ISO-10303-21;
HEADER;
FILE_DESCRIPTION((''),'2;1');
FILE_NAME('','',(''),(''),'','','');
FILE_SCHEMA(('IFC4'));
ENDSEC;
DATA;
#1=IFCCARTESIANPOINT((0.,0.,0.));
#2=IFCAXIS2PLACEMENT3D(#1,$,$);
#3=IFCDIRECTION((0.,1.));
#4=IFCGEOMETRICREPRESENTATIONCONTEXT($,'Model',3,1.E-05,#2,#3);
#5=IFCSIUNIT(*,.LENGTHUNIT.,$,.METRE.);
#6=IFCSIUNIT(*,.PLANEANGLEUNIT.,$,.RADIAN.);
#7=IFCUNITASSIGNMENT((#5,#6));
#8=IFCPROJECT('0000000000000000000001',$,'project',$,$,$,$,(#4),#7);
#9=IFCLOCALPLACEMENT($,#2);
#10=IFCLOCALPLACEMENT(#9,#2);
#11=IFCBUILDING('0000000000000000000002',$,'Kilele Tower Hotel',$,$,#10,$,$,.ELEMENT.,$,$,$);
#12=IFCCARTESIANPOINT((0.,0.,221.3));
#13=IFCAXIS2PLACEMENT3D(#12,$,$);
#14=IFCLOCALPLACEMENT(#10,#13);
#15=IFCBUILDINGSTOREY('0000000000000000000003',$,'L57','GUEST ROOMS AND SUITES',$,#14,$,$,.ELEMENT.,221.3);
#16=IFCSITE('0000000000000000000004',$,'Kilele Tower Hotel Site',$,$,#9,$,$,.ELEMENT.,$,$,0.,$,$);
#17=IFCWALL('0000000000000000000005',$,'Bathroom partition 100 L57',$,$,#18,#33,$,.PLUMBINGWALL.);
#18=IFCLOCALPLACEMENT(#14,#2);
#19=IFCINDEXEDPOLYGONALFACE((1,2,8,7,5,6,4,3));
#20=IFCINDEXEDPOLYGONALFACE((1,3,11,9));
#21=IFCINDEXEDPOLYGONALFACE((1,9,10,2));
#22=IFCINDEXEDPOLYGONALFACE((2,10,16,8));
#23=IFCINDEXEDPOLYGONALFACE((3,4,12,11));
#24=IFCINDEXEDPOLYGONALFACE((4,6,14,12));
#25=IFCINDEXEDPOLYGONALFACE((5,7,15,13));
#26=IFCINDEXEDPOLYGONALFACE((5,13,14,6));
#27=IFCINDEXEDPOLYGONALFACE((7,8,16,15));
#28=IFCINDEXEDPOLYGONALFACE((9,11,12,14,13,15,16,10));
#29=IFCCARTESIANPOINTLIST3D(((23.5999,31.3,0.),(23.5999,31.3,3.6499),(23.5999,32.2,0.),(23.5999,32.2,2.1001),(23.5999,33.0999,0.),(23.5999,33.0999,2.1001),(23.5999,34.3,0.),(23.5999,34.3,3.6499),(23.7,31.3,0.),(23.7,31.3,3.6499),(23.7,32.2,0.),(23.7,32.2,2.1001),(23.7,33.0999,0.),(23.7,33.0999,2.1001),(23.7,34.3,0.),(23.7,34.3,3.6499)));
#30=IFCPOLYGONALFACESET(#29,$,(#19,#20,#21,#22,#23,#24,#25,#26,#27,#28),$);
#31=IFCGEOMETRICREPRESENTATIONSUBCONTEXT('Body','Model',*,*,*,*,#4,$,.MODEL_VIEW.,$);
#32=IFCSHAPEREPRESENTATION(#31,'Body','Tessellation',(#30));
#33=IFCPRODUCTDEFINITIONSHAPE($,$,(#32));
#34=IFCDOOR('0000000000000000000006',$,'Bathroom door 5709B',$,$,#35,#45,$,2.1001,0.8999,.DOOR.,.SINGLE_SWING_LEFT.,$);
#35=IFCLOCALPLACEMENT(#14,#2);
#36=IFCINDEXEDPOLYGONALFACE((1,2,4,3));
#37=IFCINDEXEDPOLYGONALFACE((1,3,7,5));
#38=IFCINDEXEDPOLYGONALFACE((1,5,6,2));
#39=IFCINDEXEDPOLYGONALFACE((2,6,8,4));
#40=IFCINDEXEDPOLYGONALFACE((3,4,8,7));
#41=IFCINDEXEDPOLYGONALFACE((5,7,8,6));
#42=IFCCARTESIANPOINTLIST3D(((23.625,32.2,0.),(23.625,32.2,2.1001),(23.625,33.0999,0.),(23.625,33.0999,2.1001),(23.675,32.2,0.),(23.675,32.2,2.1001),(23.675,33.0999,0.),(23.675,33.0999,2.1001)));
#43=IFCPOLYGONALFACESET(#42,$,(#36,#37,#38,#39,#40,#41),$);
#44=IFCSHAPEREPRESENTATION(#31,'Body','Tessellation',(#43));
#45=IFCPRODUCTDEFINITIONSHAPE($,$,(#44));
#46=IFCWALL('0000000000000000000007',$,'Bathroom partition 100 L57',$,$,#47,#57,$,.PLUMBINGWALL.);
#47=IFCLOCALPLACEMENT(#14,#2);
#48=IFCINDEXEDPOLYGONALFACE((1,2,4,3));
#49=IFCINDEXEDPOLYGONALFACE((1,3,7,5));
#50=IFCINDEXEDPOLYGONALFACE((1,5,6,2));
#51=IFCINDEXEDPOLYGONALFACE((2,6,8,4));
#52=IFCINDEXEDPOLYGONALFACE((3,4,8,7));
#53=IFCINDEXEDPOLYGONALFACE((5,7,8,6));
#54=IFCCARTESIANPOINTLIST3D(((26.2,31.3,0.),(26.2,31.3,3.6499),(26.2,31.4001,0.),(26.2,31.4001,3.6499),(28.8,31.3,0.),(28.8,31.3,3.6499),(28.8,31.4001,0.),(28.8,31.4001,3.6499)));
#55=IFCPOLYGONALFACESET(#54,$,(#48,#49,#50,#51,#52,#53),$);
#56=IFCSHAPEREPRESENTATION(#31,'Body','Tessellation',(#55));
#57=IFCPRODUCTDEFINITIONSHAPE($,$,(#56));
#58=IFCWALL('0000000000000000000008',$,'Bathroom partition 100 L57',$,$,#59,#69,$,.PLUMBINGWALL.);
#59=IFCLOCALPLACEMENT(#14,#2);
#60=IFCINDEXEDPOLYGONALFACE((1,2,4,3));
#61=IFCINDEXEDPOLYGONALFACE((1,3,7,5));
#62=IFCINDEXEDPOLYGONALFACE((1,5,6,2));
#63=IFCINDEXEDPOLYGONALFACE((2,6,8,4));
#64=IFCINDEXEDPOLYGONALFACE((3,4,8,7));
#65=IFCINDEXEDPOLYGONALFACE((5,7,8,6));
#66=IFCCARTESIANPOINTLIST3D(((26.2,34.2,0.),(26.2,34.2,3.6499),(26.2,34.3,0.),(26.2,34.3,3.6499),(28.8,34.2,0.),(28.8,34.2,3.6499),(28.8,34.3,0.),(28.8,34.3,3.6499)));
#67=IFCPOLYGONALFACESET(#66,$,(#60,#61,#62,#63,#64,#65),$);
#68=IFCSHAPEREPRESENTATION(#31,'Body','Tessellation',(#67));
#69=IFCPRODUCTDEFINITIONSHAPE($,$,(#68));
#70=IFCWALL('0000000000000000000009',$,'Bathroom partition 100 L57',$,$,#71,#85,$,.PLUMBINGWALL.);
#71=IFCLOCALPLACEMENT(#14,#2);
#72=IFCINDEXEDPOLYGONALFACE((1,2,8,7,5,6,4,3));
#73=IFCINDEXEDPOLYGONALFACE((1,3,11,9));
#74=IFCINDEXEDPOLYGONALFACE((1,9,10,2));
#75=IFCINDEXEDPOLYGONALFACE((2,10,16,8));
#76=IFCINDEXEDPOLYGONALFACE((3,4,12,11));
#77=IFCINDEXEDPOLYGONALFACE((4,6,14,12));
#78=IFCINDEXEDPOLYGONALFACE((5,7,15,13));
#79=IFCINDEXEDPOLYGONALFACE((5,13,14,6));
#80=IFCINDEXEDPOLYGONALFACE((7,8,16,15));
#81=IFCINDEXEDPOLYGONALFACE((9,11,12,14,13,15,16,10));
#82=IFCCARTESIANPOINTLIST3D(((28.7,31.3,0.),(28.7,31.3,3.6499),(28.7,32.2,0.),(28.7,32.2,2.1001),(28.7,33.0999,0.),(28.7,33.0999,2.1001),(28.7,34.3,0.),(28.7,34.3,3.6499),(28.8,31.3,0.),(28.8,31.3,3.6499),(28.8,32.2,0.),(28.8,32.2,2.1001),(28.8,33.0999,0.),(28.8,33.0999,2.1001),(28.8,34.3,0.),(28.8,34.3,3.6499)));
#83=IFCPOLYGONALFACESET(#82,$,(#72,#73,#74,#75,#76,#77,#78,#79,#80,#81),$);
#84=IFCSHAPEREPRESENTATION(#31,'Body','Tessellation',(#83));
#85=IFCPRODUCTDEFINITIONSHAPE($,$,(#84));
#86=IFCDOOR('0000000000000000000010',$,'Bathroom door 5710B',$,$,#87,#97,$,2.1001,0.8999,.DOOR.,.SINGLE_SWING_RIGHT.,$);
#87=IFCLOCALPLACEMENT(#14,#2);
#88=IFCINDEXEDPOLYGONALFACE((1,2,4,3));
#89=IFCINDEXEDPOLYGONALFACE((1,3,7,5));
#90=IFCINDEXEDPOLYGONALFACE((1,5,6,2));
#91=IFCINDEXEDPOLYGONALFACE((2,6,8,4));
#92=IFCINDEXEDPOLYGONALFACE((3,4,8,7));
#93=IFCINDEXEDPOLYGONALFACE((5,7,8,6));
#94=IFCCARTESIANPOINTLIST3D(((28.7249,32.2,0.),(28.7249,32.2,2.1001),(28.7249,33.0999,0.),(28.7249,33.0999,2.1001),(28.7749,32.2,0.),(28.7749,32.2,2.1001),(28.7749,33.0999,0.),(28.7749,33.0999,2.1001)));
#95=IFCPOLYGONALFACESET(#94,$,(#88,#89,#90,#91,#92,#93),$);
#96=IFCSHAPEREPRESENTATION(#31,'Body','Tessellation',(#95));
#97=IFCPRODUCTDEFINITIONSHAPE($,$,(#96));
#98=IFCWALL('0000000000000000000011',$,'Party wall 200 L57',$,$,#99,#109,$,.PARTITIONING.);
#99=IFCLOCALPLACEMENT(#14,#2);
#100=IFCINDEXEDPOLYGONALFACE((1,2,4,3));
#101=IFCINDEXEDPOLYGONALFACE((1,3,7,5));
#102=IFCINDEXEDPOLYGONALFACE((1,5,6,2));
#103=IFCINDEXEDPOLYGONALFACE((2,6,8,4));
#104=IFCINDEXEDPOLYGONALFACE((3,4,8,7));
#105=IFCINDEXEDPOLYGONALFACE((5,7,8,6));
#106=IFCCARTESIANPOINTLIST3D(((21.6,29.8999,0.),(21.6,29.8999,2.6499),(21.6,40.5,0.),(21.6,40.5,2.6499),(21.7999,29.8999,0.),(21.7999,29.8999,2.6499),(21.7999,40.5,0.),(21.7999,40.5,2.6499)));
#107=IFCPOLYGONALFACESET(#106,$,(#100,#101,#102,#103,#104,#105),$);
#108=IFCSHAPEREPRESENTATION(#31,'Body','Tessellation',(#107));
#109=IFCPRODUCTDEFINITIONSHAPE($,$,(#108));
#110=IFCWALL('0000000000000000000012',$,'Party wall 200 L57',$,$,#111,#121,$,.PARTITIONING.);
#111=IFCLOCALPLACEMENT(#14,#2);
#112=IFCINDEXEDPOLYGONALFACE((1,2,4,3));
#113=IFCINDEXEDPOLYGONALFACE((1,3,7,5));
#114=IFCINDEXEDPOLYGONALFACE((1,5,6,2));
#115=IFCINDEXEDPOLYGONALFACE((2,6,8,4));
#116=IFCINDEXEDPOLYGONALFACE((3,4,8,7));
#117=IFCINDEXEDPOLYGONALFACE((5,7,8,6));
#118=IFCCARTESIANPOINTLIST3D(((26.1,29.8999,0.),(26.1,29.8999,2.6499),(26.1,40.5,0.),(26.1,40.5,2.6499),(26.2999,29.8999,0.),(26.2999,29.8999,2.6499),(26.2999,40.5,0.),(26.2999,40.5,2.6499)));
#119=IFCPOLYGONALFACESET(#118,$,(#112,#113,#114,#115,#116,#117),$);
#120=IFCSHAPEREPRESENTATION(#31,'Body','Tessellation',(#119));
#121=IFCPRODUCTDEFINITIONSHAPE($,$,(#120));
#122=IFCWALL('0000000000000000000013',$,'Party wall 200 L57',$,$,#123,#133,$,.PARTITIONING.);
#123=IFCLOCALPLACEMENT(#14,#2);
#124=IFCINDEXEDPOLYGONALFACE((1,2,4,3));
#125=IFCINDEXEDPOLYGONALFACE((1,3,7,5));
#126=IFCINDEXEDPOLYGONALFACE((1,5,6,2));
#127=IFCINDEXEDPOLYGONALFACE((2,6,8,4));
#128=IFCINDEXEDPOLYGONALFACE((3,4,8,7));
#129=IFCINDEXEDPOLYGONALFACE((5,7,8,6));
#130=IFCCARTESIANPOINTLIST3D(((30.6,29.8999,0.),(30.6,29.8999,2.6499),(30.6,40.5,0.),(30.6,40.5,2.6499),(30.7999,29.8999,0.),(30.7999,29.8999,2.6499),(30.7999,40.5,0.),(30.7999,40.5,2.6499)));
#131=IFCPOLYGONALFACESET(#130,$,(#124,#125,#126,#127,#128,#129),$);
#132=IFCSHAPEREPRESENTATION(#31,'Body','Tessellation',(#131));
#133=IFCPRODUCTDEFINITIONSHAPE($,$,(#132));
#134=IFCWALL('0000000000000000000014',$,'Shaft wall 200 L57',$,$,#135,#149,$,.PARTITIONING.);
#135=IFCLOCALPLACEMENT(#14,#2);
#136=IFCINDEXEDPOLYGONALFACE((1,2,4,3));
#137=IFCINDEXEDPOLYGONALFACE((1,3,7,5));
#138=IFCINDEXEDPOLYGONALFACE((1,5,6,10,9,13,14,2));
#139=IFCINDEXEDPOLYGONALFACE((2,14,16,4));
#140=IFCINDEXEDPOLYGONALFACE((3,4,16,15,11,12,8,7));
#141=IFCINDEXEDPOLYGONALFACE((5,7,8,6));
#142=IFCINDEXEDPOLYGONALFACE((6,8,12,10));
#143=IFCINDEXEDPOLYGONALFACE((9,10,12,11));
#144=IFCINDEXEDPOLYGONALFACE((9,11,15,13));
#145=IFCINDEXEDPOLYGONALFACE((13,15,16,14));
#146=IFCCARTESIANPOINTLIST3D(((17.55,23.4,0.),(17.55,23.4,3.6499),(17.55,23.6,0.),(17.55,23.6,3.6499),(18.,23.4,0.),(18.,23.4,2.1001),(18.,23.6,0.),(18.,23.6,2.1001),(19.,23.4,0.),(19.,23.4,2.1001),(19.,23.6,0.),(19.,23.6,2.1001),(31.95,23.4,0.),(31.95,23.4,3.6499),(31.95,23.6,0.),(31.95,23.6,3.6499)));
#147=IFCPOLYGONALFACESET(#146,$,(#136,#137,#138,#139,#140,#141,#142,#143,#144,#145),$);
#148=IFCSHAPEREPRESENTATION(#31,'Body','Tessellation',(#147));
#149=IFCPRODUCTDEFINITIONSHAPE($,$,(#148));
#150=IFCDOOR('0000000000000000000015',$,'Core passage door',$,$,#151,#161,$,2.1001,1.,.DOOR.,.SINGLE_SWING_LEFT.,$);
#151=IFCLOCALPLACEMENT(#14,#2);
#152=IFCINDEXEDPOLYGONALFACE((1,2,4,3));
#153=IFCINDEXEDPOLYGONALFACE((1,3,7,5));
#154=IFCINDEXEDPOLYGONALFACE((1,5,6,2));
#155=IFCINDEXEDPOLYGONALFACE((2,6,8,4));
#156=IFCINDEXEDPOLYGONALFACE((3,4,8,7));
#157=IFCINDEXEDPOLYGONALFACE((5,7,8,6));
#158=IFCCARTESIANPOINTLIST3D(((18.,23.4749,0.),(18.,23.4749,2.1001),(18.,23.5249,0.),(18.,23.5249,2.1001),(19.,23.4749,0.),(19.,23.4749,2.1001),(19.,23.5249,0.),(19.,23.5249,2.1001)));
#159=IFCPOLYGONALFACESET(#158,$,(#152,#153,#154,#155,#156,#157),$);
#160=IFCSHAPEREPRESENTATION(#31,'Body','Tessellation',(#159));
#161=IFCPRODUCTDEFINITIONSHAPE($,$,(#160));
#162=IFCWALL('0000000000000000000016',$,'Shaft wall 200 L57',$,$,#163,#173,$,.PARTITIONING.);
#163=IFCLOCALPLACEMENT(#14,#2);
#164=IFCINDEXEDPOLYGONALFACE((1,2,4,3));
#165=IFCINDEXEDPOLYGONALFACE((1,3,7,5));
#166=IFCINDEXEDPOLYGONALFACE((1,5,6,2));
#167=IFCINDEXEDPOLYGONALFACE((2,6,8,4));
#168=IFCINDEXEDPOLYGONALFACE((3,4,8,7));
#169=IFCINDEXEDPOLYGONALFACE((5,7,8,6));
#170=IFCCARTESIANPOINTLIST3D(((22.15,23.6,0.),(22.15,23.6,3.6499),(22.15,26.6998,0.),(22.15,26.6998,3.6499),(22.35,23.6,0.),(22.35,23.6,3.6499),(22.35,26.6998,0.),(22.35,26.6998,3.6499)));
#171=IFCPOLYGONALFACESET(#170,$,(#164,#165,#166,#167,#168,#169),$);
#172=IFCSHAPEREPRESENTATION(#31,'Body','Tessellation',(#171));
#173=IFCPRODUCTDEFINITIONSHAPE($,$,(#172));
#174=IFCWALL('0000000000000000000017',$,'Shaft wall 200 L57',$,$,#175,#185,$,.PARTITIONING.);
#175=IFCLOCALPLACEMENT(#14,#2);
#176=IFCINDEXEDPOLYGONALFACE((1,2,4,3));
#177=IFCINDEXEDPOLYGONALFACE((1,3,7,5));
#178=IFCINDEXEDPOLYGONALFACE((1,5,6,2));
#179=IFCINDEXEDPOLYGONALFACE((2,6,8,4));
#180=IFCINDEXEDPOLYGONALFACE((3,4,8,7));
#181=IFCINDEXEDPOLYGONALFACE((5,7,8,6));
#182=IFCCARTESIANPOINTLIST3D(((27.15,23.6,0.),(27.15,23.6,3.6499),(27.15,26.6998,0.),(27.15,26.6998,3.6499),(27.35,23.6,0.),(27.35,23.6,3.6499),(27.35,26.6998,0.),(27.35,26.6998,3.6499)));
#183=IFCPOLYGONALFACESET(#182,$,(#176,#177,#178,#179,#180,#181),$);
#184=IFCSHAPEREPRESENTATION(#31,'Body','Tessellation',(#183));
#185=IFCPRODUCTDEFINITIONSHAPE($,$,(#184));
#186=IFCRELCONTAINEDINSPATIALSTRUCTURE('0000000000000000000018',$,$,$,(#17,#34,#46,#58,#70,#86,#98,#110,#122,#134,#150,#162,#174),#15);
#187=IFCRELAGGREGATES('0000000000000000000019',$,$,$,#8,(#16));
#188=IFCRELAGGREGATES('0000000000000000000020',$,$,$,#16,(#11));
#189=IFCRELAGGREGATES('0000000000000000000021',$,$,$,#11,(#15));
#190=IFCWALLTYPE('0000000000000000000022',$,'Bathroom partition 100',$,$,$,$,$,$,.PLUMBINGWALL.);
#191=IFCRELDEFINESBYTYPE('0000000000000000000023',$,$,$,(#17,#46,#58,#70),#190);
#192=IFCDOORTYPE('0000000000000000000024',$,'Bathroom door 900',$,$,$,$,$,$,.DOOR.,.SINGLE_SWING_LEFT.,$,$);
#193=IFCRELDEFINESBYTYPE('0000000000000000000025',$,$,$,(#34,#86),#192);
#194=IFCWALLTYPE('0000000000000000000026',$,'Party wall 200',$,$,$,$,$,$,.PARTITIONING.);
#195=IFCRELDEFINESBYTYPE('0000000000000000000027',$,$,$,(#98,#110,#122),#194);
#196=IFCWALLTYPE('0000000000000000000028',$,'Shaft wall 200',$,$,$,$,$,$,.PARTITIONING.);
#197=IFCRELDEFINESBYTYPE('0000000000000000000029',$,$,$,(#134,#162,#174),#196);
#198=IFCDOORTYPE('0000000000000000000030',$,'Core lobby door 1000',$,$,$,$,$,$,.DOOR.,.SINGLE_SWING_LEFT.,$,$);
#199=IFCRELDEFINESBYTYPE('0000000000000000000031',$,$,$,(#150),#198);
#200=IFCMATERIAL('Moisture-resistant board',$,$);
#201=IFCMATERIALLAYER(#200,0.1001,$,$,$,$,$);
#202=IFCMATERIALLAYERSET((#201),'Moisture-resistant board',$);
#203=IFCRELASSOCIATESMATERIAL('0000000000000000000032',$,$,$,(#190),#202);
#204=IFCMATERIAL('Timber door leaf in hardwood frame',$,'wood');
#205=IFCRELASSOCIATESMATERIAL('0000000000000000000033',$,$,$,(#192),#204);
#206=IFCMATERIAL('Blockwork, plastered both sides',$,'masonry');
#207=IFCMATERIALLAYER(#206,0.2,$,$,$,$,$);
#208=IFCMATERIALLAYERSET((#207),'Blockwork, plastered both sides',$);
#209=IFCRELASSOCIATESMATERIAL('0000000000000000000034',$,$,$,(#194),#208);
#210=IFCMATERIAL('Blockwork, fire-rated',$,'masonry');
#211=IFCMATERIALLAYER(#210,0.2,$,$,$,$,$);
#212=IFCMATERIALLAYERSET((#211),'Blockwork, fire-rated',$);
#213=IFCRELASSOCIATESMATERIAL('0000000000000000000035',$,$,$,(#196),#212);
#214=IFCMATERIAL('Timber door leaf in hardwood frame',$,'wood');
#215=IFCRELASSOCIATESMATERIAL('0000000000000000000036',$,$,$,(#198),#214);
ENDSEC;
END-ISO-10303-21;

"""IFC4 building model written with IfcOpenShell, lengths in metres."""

from ifc_helpers import new_model, si_unit, direction, frame, frame_2d, origin, place, context, subcontext, project, spatial, rectangle, extrude, material, layer, layer_set, type_object, element, fill, save


model = new_model("IFC4")

# Units and contexts
model_context = context("Model", 3, precision=1e-05, world=origin(), true_north=direction((0.0, 1.0)))
body_context = subcontext(model_context, "Body", "Model", "MODEL_VIEW")
ifc_project = project(units=[si_unit("LENGTHUNIT", "METRE"), si_unit("PLANEANGLEUNIT", "RADIAN")], contexts=[model_context])

# Site, building, storey
site_placement = place(None, origin())
site = spatial("IfcSite", under=ifc_project, at=site_placement, Name="Kilele Tower Hotel Site", CompositionType="ELEMENT", RefElevation=0.0)
building_placement = place(site_placement, origin())
building = spatial("IfcBuilding", under=site, at=building_placement, Name="Kilele Tower Hotel", CompositionType="ELEMENT")
storey_placement = place(building_placement, frame((0.0, 0.0, 221.3)))
storey = spatial("IfcBuildingStorey", under=building, at=storey_placement, Name="L57", Description="GUEST ROOMS AND SUITES", CompositionType="ELEMENT", Elevation=221.3)

# Shared definitions
ifc_material_1 = material(Name="Moisture-resistant board")
ifc_layer_1 = layer(ifc_material_1, 0.1001)
ifc_layer_set_1 = layer_set([ifc_layer_1], Name="Moisture-resistant board")
wall_type_1 = type_object("IfcWallType", Name="Bathroom partition 100", PredefinedType="PLUMBINGWALL", material=ifc_layer_set_1)

# Shared definitions
ifc_material_2 = material(Name="Timber door leaf in hardwood frame", Category="wood")
door_type_1 = type_object("IfcDoorType", Name="Bathroom door 900", OperationType="SINGLE_SWING_LEFT", PredefinedType="DOOR", material=ifc_material_2)

# Wall, opening, door
wall_1_placement = place(storey_placement, frame((23.6499, 31.3, 0.0), z_axis=(0.0, 0.0, 1.0), x_axis=(0.0, 1.0, 0.0)))
wall_1 = element("IfcWall", 1, at=wall_1_placement, inside=storey, type_object=wall_type_1, Name="Bathroom partition 100 L57", PredefinedType="PLUMBINGWALL", context=body_context, shape_type="SweptSolid", body=[
    extrude(rectangle(XDim=3.0, YDim=0.1001, at=frame_2d((1.5, 0.0))), origin(), (0.0, 0.0, 1.0), 3.6499),
])
opening_1_placement = place(wall_1_placement, frame((0.8999, 0.0, 0.0)))
opening_1 = element("IfcOpeningElement", 2, at=opening_1_placement, cuts=wall_1, PredefinedType="OPENING", context=body_context, shape_type="SweptSolid", body=[
    extrude(rectangle(XDim=0.8999, YDim=2.1001, at=frame_2d((0.45, 1.05))), frame((0.0, 0.0601, 0.0), z_axis=(0.0, -1.0, 0.0), x_axis=(1.0, 0.0, 0.0)), (0.0, 0.0, 1.0), 0.1201),
])
door_1_placement = place(opening_1_placement, origin())
door_1 = element("IfcDoor", 3, at=door_1_placement, inside=storey, type_object=door_type_1, Name="Bathroom door 5709B", OperationType="SINGLE_SWING_LEFT", OverallHeight=2.1001, OverallWidth=0.8999, PredefinedType="DOOR", context=body_context, shape_type="SweptSolid", body=[
    extrude(rectangle(XDim=0.8999, YDim=2.1001, at=frame_2d((0.45, 1.05))), frame((0.0, 0.0249, 0.0), z_axis=(0.0, -1.0, 0.0), x_axis=(1.0, 0.0, 0.0)), (0.0, 0.0, 1.0), 0.05),
])
fill(opening_1, door_1)

# Walls
for number, where, z_axis, x_axis, name in (
    (4, (26.2, 31.3501, 0.0), (0.0, 0.0, 1.0), (1.0, 0.0, 0.0), "Bathroom partition 100 L57"),
    (5, (26.2, 34.25, 0.0), (0.0, 0.0, 1.0), (1.0, 0.0, 0.0), "Bathroom partition 100 L57"),
):
    element("IfcWall", number, at=place(storey_placement, frame(where, z_axis=z_axis, x_axis=x_axis)), inside=storey, type_object=wall_type_1, Name=name, PredefinedType="PLUMBINGWALL", context=body_context, shape_type="SweptSolid", body=[
        extrude(rectangle(XDim=2.6001, YDim=0.1001, at=frame_2d((1.3, 0.0))), origin(), (0.0, 0.0, 1.0), 3.6499),
    ])

# Wall, opening, door
wall_2_placement = place(storey_placement, frame((28.75, 31.3, 0.0), z_axis=(0.0, 0.0, 1.0), x_axis=(0.0, 1.0, 0.0)))
wall_2 = element("IfcWall", 6, at=wall_2_placement, inside=storey, type_object=wall_type_1, Name="Bathroom partition 100 L57", PredefinedType="PLUMBINGWALL", context=body_context, shape_type="SweptSolid", body=[
    extrude(rectangle(XDim=3.0, YDim=0.1001, at=frame_2d((1.5, 0.0))), origin(), (0.0, 0.0, 1.0), 3.6499),
])
opening_2_placement = place(wall_2_placement, frame((1.7998, 0.0, 0.0), z_axis=(0.0, 0.0, 1.0), x_axis=(-1.0, 0.0, 0.0)))
opening_2 = element("IfcOpeningElement", 7, at=opening_2_placement, cuts=wall_2, PredefinedType="OPENING", context=body_context, shape_type="SweptSolid", body=[
    extrude(rectangle(XDim=0.8999, YDim=2.1001, at=frame_2d((0.45, 1.05))), frame((0.0, 0.0601, 0.0), z_axis=(0.0, -1.0, 0.0), x_axis=(1.0, 0.0, 0.0)), (0.0, 0.0, 1.0), 0.1201),
])
door_2_placement = place(opening_2_placement, origin())
door_2 = element("IfcDoor", 8, at=door_2_placement, inside=storey, type_object=door_type_1, Name="Bathroom door 5710B", OperationType="SINGLE_SWING_RIGHT", OverallHeight=2.1001, OverallWidth=0.8999, PredefinedType="DOOR", context=body_context, shape_type="SweptSolid", body=[
    extrude(rectangle(XDim=0.8999, YDim=2.1001, at=frame_2d((0.45, 1.05))), frame((0.0, 0.0249, 0.0), z_axis=(0.0, -1.0, 0.0), x_axis=(1.0, 0.0, 0.0)), (0.0, 0.0, 1.0), 0.05),
])
fill(opening_2, door_2)

# Walls
ifc_material_3 = material(Name="Blockwork, plastered both sides", Category="masonry")
ifc_layer_2 = layer(ifc_material_3, 0.2)
ifc_layer_set_2 = layer_set([ifc_layer_2], Name="Blockwork, plastered both sides")
wall_type_2 = type_object("IfcWallType", Name="Party wall 200", PredefinedType="PARTITIONING", material=ifc_layer_set_2)
for number, where, z_axis, x_axis, name in (
    (9, (21.7, 29.8999, 0.0), (0.0, 0.0, 1.0), (0.0, 1.0, 0.0), "Party wall 200 L57"),
    (10, (26.2, 29.8999, 0.0), (0.0, 0.0, 1.0), (0.0, 1.0, 0.0), "Party wall 200 L57"),
    (11, (30.7, 29.8999, 0.0), (0.0, 0.0, 1.0), (0.0, 1.0, 0.0), "Party wall 200 L57"),
):
    element("IfcWall", number, at=place(storey_placement, frame(where, z_axis=z_axis, x_axis=x_axis)), inside=storey, type_object=wall_type_2, Name=name, PredefinedType="PARTITIONING", context=body_context, shape_type="SweptSolid", body=[
        extrude(rectangle(XDim=10.6001, YDim=0.2, at=frame_2d((5.3, 0.0))), origin(), (0.0, 0.0, 1.0), 2.6499),
    ])

# Wall, opening, door
ifc_material_4 = material(Name="Blockwork, fire-rated", Category="masonry")
ifc_layer_3 = layer(ifc_material_4, 0.2)
ifc_layer_set_3 = layer_set([ifc_layer_3], Name="Blockwork, fire-rated")
wall_type_3 = type_object("IfcWallType", Name="Shaft wall 200", PredefinedType="PARTITIONING", material=ifc_layer_set_3)
wall_3_placement = place(storey_placement, frame((17.55, 23.5, 0.0), z_axis=(0.0, 0.0, 1.0), x_axis=(1.0, 0.0, 0.0)))
wall_3 = element("IfcWall", 12, at=wall_3_placement, inside=storey, type_object=wall_type_3, Name="Shaft wall 200 L57", PredefinedType="PARTITIONING", context=body_context, shape_type="SweptSolid", body=[
    extrude(rectangle(XDim=14.3999, YDim=0.2, at=frame_2d((7.2, 0.0))), origin(), (0.0, 0.0, 1.0), 3.6499),
])
opening_3_placement = place(wall_3_placement, frame((0.45, 0.0, 0.0)))
opening_3 = element("IfcOpeningElement", 13, at=opening_3_placement, cuts=wall_3, PredefinedType="OPENING", context=body_context, shape_type="SweptSolid", body=[
    extrude(rectangle(XDim=1.0, YDim=2.1001, at=frame_2d((0.5, 1.05))), frame((0.0, 0.1099, 0.0), z_axis=(0.0, -1.0, 0.0), x_axis=(1.0, 0.0, 0.0)), (0.0, 0.0, 1.0), 0.22),
])
ifc_material_5 = material(Name="Timber door leaf in hardwood frame", Category="wood")
door_type_2 = type_object("IfcDoorType", Name="Core lobby door 1000", OperationType="SINGLE_SWING_LEFT", PredefinedType="DOOR", material=ifc_material_5)
door_3_placement = place(opening_3_placement, origin())
door_3 = element("IfcDoor", 14, at=door_3_placement, inside=storey, type_object=door_type_2, Name="Core passage door", OperationType="SINGLE_SWING_LEFT", OverallHeight=2.1001, OverallWidth=1.0, PredefinedType="DOOR", context=body_context, shape_type="SweptSolid", body=[
    extrude(rectangle(XDim=1.0, YDim=2.1001, at=frame_2d((0.5, 1.05))), frame((0.0, 0.0249, 0.0), z_axis=(0.0, -1.0, 0.0), x_axis=(1.0, 0.0, 0.0)), (0.0, 0.0, 1.0), 0.05),
])
fill(opening_3, door_3)

# Walls
for number, where, z_axis, x_axis, name in (
    (15, (22.25, 23.6001, 0.0), (0.0, 0.0, 1.0), (0.0, 1.0, 0.0), "Shaft wall 200 L57"),
    (16, (27.25, 23.6001, 0.0), (0.0, 0.0, 1.0), (0.0, 1.0, 0.0), "Shaft wall 200 L57"),
):
    element("IfcWall", number, at=place(storey_placement, frame(where, z_axis=z_axis, x_axis=x_axis)), inside=storey, type_object=wall_type_3, Name=name, PredefinedType="PARTITIONING", context=body_context, shape_type="SweptSolid", body=[
        extrude(rectangle(XDim=3.0999, YDim=0.2, at=frame_2d((1.5498, 0.0))), origin(), (0.0, 0.0, 1.0), 3.6499),
    ])

save(model, "model.ifc")
